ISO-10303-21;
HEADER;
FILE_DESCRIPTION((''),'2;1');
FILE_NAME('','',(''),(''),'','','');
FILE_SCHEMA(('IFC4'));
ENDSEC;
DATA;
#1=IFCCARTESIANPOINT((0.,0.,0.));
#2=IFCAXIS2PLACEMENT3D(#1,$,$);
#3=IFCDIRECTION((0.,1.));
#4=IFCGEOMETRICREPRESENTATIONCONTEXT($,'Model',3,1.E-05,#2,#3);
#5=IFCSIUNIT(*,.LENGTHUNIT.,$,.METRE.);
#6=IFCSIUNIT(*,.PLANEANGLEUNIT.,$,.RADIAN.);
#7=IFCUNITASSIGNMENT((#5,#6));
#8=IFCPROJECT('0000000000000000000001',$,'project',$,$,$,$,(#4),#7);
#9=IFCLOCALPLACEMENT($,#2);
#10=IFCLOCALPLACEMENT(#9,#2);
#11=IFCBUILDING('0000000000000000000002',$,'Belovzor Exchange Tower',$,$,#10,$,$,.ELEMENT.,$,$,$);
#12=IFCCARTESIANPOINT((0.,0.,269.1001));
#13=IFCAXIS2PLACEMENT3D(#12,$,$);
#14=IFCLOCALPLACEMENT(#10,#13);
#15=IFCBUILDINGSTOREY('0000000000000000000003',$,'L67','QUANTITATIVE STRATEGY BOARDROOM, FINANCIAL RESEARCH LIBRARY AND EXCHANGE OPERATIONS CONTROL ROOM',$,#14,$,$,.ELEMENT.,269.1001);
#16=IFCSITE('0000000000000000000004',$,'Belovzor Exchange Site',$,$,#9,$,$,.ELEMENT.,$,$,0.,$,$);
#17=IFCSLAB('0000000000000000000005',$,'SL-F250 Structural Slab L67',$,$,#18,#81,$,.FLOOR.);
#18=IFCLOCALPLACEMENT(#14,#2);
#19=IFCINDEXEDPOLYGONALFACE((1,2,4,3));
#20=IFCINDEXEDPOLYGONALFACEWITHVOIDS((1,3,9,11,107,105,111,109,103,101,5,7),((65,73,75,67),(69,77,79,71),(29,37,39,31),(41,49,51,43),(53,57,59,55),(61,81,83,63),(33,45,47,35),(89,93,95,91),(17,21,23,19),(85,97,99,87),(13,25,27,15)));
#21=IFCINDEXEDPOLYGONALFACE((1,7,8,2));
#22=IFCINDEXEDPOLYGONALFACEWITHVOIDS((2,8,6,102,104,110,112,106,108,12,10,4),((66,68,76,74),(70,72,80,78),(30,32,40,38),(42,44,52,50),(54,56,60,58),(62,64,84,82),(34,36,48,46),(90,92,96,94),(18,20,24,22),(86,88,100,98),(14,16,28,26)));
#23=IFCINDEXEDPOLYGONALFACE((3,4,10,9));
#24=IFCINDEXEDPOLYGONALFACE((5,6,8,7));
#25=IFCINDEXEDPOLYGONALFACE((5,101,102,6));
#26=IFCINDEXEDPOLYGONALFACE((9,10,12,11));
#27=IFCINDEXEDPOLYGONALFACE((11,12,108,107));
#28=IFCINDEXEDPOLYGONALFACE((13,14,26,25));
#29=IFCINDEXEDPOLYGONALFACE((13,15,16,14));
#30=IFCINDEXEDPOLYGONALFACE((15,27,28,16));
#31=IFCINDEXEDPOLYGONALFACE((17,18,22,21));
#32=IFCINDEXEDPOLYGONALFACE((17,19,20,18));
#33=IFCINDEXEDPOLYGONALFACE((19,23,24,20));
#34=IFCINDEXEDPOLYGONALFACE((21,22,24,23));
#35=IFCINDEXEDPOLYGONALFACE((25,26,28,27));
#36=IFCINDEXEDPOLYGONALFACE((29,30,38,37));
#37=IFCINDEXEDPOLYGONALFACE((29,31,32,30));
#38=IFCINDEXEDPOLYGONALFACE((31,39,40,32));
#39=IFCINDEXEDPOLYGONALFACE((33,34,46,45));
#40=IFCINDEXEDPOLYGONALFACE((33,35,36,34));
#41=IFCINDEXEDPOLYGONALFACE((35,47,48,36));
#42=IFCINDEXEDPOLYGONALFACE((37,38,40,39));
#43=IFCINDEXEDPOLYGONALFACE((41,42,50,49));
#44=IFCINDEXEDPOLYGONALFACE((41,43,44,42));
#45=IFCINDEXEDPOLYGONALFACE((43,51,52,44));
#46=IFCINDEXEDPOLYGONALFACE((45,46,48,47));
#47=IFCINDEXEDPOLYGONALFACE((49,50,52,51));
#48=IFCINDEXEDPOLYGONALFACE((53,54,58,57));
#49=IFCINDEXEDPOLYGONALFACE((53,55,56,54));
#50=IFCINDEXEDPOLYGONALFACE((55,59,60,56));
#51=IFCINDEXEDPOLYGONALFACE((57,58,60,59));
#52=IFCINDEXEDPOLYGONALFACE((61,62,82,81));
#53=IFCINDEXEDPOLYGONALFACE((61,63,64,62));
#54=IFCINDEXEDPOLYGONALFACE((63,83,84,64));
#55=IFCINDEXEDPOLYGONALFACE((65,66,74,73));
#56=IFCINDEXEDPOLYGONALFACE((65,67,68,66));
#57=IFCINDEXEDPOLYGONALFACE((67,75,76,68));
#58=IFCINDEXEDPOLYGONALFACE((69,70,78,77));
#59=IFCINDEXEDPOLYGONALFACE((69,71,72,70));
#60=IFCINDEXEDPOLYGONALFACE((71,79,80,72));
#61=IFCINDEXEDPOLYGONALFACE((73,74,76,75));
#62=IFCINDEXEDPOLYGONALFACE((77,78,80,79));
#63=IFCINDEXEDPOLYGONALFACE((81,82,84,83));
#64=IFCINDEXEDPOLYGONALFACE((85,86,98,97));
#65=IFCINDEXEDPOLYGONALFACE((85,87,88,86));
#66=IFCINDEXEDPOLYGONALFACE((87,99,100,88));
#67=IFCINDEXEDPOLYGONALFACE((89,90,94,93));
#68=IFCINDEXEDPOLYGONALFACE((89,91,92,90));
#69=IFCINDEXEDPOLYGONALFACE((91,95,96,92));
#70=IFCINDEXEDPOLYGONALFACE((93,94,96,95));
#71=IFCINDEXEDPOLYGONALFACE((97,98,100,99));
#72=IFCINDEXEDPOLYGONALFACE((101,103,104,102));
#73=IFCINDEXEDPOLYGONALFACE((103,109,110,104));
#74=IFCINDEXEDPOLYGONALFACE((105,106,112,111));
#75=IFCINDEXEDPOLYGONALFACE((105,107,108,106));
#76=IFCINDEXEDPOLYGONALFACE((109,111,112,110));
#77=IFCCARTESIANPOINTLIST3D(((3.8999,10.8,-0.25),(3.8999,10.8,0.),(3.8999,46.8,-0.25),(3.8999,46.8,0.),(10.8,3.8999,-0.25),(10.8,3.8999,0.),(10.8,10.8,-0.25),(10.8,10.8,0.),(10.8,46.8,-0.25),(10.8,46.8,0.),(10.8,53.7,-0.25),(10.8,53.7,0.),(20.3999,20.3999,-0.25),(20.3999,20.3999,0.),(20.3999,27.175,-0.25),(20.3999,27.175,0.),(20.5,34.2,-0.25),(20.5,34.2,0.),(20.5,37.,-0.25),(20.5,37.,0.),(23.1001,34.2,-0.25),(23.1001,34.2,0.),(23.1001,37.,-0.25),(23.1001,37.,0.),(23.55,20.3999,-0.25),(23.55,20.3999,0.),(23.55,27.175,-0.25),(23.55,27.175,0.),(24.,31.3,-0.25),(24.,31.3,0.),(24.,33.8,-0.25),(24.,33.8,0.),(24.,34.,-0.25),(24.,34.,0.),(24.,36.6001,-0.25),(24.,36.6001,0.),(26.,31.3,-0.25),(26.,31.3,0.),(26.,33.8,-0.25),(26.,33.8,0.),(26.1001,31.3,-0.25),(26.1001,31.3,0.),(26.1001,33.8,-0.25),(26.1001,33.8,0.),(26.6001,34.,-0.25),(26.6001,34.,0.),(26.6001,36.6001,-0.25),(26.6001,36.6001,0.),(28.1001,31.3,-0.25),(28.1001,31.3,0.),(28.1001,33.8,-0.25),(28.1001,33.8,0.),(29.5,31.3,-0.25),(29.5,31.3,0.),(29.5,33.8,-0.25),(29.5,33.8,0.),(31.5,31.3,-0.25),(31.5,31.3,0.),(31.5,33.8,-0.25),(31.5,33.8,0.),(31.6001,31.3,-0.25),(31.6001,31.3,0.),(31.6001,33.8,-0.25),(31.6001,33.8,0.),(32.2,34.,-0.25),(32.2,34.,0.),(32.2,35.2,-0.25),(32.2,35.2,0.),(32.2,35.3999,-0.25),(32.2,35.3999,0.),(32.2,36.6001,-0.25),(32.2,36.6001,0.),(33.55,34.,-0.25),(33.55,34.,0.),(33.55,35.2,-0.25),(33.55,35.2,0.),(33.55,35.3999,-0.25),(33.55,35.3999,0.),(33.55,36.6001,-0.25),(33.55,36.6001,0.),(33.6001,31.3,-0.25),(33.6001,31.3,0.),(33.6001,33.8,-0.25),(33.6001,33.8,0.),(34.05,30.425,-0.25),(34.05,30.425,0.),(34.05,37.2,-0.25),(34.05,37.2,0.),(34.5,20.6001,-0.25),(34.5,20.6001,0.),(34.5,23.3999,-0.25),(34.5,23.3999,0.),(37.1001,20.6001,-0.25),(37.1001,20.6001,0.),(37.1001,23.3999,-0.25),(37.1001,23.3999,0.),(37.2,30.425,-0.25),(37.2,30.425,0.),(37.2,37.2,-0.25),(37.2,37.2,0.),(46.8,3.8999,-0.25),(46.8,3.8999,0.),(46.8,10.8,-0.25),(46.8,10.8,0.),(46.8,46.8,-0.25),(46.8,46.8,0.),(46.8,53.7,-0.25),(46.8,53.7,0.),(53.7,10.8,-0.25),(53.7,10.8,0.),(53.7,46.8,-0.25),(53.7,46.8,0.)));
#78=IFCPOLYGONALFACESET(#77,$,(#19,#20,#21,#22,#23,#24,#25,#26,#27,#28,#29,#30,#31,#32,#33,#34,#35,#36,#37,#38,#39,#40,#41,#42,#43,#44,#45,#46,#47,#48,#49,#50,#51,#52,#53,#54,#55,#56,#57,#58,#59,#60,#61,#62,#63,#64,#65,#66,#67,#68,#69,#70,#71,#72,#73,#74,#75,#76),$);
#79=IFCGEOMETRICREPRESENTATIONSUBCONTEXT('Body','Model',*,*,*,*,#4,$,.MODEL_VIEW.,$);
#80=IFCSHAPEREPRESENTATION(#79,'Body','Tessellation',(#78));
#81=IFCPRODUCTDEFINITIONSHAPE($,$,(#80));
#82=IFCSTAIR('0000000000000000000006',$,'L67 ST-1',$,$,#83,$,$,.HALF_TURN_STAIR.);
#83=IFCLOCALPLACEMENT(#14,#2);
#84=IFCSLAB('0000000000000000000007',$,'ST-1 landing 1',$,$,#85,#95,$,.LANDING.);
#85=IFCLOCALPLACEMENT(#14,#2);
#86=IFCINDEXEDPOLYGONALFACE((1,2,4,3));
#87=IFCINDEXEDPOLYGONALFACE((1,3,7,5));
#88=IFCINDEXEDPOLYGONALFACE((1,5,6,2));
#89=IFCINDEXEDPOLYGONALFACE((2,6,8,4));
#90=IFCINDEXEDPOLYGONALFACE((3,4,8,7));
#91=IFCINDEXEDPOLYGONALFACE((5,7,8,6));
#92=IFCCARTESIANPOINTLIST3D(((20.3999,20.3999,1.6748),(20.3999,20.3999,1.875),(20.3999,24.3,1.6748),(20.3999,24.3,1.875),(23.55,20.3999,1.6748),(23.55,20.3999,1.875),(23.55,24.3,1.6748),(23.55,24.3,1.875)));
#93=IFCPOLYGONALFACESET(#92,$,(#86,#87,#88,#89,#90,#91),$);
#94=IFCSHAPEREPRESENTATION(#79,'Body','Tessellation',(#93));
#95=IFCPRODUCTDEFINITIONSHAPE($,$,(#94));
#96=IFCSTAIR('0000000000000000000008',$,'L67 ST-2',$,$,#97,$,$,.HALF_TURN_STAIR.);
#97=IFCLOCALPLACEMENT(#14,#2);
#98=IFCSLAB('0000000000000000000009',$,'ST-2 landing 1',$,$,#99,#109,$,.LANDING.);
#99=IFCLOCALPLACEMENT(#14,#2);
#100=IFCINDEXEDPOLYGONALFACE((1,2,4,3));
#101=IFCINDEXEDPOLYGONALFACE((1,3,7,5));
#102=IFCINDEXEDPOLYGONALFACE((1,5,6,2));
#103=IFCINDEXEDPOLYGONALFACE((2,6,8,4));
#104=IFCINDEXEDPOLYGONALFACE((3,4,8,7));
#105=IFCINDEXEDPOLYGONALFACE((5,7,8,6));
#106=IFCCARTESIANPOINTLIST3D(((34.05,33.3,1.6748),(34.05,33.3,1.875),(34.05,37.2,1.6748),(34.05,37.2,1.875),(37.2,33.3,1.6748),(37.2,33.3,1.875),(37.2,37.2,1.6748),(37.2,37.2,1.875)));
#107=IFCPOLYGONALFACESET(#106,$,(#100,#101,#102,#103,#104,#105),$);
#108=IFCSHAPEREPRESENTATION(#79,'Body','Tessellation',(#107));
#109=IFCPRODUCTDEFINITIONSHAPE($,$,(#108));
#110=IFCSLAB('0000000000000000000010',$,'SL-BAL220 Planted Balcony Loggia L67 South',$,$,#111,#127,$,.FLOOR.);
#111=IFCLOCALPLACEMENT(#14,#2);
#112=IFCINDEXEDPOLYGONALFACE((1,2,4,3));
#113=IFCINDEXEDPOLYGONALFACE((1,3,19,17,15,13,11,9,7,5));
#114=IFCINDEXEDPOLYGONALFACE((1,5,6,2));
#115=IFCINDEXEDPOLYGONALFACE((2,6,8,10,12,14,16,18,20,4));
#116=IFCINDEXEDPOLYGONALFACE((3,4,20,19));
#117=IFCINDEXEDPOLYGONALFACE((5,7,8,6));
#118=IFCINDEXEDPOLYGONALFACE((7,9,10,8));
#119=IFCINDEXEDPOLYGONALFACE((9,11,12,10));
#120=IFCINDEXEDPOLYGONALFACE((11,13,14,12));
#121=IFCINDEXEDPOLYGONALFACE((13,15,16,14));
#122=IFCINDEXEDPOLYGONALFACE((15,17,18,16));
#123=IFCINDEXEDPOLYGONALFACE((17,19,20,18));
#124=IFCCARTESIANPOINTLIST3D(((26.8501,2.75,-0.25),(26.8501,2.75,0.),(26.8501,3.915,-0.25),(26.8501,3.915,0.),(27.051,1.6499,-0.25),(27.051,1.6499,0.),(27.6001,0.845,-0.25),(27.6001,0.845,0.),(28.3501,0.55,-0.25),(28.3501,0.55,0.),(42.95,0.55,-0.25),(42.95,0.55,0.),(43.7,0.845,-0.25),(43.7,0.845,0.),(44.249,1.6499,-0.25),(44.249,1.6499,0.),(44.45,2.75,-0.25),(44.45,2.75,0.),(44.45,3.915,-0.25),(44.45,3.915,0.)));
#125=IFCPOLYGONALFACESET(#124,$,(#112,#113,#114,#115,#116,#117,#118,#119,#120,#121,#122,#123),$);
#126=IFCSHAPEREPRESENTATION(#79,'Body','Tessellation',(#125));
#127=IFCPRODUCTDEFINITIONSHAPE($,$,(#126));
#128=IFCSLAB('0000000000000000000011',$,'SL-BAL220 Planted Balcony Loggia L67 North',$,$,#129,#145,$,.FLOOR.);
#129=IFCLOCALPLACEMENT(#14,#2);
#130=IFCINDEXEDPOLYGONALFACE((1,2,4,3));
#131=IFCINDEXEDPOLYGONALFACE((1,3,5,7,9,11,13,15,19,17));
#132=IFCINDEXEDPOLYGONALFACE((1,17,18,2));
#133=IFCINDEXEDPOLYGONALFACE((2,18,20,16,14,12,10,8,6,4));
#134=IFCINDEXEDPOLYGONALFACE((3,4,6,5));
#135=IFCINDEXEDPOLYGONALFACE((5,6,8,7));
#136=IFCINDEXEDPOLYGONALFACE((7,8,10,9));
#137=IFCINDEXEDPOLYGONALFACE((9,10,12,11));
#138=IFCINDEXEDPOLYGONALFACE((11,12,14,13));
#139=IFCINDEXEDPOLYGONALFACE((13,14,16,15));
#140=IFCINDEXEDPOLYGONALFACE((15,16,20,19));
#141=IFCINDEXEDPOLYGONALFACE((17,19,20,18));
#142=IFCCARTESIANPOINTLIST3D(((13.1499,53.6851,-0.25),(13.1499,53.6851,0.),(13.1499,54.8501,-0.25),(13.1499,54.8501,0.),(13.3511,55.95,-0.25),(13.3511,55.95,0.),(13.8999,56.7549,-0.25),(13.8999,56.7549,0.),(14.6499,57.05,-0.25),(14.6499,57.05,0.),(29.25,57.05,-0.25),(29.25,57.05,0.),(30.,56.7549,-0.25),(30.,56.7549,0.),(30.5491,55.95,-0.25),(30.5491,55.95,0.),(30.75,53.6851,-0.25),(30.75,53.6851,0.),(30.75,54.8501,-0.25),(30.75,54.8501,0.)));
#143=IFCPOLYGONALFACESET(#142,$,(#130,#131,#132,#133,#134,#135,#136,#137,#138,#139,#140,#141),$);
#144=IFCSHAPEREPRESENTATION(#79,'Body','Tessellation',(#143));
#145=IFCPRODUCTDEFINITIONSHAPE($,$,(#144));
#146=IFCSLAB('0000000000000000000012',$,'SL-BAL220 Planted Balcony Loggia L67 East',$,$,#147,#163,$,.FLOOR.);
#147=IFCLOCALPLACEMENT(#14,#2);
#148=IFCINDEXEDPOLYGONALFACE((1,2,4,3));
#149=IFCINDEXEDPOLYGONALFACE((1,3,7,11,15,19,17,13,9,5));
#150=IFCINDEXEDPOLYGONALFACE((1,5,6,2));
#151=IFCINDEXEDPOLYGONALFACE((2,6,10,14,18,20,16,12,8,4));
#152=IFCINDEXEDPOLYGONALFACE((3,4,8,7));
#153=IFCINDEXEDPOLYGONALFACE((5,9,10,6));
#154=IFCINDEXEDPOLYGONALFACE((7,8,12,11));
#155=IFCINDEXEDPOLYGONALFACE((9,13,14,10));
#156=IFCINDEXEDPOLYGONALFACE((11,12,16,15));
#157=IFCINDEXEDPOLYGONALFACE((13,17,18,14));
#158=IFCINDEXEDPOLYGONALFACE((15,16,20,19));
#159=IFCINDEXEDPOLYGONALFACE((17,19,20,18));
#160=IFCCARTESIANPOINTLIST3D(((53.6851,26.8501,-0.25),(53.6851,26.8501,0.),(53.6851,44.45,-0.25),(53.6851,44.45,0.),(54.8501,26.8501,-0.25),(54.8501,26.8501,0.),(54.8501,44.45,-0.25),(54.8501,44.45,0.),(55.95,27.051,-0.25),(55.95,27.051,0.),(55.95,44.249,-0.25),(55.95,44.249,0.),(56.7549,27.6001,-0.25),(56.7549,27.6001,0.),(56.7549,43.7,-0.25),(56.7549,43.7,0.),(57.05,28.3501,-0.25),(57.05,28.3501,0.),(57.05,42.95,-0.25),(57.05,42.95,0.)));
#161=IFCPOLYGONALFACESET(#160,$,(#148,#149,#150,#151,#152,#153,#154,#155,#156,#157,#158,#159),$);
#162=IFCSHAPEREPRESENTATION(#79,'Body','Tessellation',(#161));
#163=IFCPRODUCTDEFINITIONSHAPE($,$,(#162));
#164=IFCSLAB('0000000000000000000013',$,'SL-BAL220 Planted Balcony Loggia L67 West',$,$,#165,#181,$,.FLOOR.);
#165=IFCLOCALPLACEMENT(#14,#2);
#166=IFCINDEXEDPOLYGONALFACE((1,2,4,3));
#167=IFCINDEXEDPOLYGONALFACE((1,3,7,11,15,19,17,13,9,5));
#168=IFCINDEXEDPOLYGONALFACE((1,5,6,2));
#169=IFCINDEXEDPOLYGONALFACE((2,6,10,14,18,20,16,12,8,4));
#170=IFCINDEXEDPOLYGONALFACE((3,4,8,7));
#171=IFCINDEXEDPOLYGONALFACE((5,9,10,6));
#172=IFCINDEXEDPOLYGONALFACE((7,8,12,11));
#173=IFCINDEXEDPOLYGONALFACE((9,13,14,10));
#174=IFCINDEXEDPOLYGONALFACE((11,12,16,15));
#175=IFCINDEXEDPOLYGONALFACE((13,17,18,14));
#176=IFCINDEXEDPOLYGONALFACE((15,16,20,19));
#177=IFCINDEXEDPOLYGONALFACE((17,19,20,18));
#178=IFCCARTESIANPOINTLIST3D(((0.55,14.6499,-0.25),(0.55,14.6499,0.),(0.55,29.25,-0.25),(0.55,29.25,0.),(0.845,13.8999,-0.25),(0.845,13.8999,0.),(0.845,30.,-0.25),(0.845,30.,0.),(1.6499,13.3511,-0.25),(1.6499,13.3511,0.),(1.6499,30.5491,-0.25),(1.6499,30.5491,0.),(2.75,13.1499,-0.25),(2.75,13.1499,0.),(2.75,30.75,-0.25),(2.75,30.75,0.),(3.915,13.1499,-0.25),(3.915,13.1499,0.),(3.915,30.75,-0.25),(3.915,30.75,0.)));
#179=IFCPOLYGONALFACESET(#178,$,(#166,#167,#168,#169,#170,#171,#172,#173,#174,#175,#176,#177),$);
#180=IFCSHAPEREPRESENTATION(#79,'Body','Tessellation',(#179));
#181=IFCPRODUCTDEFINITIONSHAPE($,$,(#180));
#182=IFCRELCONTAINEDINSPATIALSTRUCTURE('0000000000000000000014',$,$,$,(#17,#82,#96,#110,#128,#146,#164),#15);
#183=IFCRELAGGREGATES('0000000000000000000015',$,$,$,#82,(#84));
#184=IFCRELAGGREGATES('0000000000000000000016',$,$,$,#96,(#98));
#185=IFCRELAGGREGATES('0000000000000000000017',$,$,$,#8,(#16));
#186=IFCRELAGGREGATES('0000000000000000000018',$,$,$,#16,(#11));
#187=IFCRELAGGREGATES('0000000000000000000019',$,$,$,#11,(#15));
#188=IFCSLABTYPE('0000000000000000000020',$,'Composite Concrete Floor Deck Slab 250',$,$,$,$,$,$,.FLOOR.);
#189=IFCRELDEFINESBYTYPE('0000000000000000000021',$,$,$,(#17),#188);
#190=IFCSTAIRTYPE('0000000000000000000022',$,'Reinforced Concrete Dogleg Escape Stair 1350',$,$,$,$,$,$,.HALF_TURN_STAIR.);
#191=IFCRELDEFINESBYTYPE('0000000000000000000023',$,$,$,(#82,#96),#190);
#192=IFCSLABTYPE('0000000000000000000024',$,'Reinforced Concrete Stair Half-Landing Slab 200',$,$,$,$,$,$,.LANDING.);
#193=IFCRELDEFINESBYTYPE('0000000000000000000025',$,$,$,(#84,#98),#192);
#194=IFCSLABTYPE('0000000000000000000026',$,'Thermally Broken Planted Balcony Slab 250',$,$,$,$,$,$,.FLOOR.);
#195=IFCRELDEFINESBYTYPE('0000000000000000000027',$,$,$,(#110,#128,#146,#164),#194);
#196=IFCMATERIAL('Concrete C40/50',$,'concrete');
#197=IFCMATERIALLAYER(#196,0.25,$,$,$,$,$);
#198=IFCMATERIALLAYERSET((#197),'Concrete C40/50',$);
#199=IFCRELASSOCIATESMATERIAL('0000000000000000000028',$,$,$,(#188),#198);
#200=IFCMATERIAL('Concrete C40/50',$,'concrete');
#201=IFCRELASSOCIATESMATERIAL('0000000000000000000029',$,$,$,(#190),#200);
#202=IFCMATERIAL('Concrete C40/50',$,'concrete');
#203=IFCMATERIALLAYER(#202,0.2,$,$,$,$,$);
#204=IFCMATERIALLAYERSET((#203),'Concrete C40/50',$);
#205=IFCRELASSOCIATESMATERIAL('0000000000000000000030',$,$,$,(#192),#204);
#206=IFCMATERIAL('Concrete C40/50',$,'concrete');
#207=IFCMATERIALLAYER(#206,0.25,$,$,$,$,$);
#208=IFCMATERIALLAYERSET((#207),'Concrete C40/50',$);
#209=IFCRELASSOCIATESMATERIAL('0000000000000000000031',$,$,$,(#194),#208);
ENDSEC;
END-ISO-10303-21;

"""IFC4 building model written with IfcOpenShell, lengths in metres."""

from ifc_helpers import new_model, si_unit, direction, frame, origin, place, context, subcontext, project, spatial, polyline, outline, extrude, material, layer, layer_set, type_object, element, aggregate, save


model = new_model("IFC4")

# Units and contexts
model_context = context("Model", 3, precision=1e-05, world=origin(), true_north=direction((0.0, 1.0)))
body_context = subcontext(model_context, "Body", "Model", "MODEL_VIEW")
ifc_project = project(units=[si_unit("LENGTHUNIT", "METRE"), si_unit("PLANEANGLEUNIT", "RADIAN")], contexts=[model_context])

# Site, building, storey
site_placement = place(None, origin())
site = spatial("IfcSite", under=ifc_project, at=site_placement, Name="Belovzor Exchange Site", CompositionType="ELEMENT", RefElevation=0.0)
building_placement = place(site_placement, origin())
building = spatial("IfcBuilding", under=site, at=building_placement, Name="Belovzor Exchange Tower", CompositionType="ELEMENT")
storey_placement = place(building_placement, frame((0.0, 0.0, 269.1001)))
storey = spatial("IfcBuildingStorey", under=building, at=storey_placement, Name="L67", Description="QUANTITATIVE STRATEGY BOARDROOM, FINANCIAL RESEARCH LIBRARY AND EXCHANGE OPERATIONS CONTROL ROOM", CompositionType="ELEMENT", Elevation=269.1001)

# Slab
ifc_material_1 = material(Name="Concrete C40/50", Category="concrete")
ifc_layer_1 = layer(ifc_material_1, 0.25)
ifc_layer_set_1 = layer_set([ifc_layer_1], Name="Concrete C40/50")
slab_type_1 = type_object("IfcSlabType", Name="Composite Concrete Floor Deck Slab 250", PredefinedType="FLOOR", material=ifc_layer_set_1)
slab_1_placement = place(storey_placement, frame((0.0, 0.0, -0.25)))
element("IfcSlab", 1, at=slab_1_placement, inside=storey, type_object=slab_type_1, Name="SL-F250 Structural Slab L67", PredefinedType="FLOOR", context=body_context, shape_type="SweptSolid", body=[
    extrude(outline(polyline([(10.8, 3.8999), (46.8, 3.8999), (46.8, 10.8), (53.7, 10.8), (53.7, 46.8), (46.8, 46.8), (46.8, 53.7), (10.8, 53.7), (10.8, 46.8), (3.8999, 46.8), (3.8999, 10.8), (10.8, 10.8), (10.8, 3.8999)]), holes=[polyline([(20.3999, 27.175), (20.3999, 20.3999), (23.55, 20.3999), (23.55, 27.175), (20.3999, 27.175)]), polyline([(37.2, 30.425), (37.2, 37.2), (34.05, 37.2), (34.05, 30.425), (37.2, 30.425)]), polyline([(20.5, 34.2), (23.1001, 34.2), (23.1001, 37.0), (20.5, 37.0), (20.5, 34.2)]), polyline([(34.5, 20.6001), (37.1001, 20.6001), (37.1001, 23.3999), (34.5, 23.3999), (34.5, 20.6001)]), polyline([(24.0, 34.0), (26.6001, 34.0), (26.6001, 36.6001), (24.0, 36.6001), (24.0, 34.0)]), polyline([(24.0, 31.3), (26.0, 31.3), (26.0, 33.8), (24.0, 33.8), (24.0, 31.3)]), polyline([(26.1001, 31.3), (28.1001, 31.3), (28.1001, 33.8), (26.1001, 33.8), (26.1001, 31.3)]), polyline([(29.5, 31.3), (31.5, 31.3), (31.5, 33.8), (29.5, 33.8), (29.5, 31.3)]), polyline([(31.6001, 31.3), (33.6001, 31.3), (33.6001, 33.8), (31.6001, 33.8), (31.6001, 31.3)]), polyline([(32.2, 34.0), (33.55, 34.0), (33.55, 35.2), (32.2, 35.2), (32.2, 34.0)]), polyline([(32.2, 35.3999), (33.55, 35.3999), (33.55, 36.6001), (32.2, 36.6001), (32.2, 35.3999)])]), origin(), (0.0, 0.0, 1.0), 0.25),
])

# Stairs, slabs
ifc_material_2 = material(Name="Concrete C40/50", Category="concrete")
stair_type = type_object("IfcStairType", Name="Reinforced Concrete Dogleg Escape Stair 1350", PredefinedType="HALF_TURN_STAIR", material=ifc_material_2)
stair_1_placement = place(storey_placement, origin())
stair_1 = element("IfcStair", 2, at=stair_1_placement, inside=storey, type_object=stair_type, Name="L67 ST-1", PredefinedType="HALF_TURN_STAIR")
ifc_material_3 = material(Name="Concrete C40/50", Category="concrete")
ifc_layer_2 = layer(ifc_material_3, 0.2)
ifc_layer_set_2 = layer_set([ifc_layer_2], Name="Concrete C40/50")
slab_type_2 = type_object("IfcSlabType", Name="Reinforced Concrete Stair Half-Landing Slab 200", PredefinedType="LANDING", material=ifc_layer_set_2)
slab_2_placement = place(storey_placement, frame((0.0, 0.0, 1.6748)))
slab_2 = element("IfcSlab", 3, at=slab_2_placement, type_object=slab_type_2, Name="ST-1 landing 1", PredefinedType="LANDING", context=body_context, shape_type="SweptSolid", body=[
    extrude(outline(polyline([(20.3999, 24.3), (20.3999, 20.3999), (23.55, 20.3999), (23.55, 24.3), (20.3999, 24.3)])), origin(), (0.0, 0.0, 1.0), 0.2002),
])
aggregate(stair_1, [slab_2])
stair_2_placement = place(storey_placement, origin())
stair_2 = element("IfcStair", 4, at=stair_2_placement, inside=storey, type_object=stair_type, Name="L67 ST-2", PredefinedType="HALF_TURN_STAIR")
slab_3_placement = place(storey_placement, frame((0.0, 0.0, 1.6748)))
slab_3 = element("IfcSlab", 5, at=slab_3_placement, type_object=slab_type_2, Name="ST-2 landing 1", PredefinedType="LANDING", context=body_context, shape_type="SweptSolid", body=[
    extrude(outline(polyline([(37.2, 33.3), (37.2, 37.2), (34.05, 37.2), (34.05, 33.3), (37.2, 33.3)])), origin(), (0.0, 0.0, 1.0), 0.2002),
])
aggregate(stair_2, [slab_3])

# Slabs
ifc_material_4 = material(Name="Concrete C40/50", Category="concrete")
ifc_layer_3 = layer(ifc_material_4, 0.25)
ifc_layer_set_3 = layer_set([ifc_layer_3], Name="Concrete C40/50")
slab_type_3 = type_object("IfcSlabType", Name="Thermally Broken Planted Balcony Slab 250", PredefinedType="FLOOR", material=ifc_layer_set_3)
slab_4_placement = place(storey_placement, frame((0.0, 0.0, -0.25)))
element("IfcSlab", 6, at=slab_4_placement, inside=storey, type_object=slab_type_3, Name="SL-BAL220 Planted Balcony Loggia L67 South", PredefinedType="FLOOR", context=body_context, shape_type="SweptSolid", body=[
    extrude(outline(polyline([(26.8501, 3.915), (26.8501, 2.75), (27.051, 1.6499), (27.6001, 0.845), (28.3501, 0.55), (42.95, 0.55), (43.7, 0.845), (44.249, 1.6499), (44.45, 2.75), (44.45, 3.915), (26.8501, 3.915)])), origin(), (0.0, 0.0, 1.0), 0.25),
])
slab_5_placement = place(storey_placement, frame((0.0, 0.0, -0.25)))
element("IfcSlab", 7, at=slab_5_placement, inside=storey, type_object=slab_type_3, Name="SL-BAL220 Planted Balcony Loggia L67 North", PredefinedType="FLOOR", context=body_context, shape_type="SweptSolid", body=[
    extrude(outline(polyline([(30.75, 53.6851), (30.75, 54.8501), (30.5491, 55.95), (30.0, 56.7549), (29.25, 57.05), (14.6499, 57.05), (13.8999, 56.7549), (13.3511, 55.95), (13.1499, 54.8501), (13.1499, 53.6851), (30.75, 53.6851)])), origin(), (0.0, 0.0, 1.0), 0.25),
])
slab_6_placement = place(storey_placement, frame((0.0, 0.0, -0.25)))
element("IfcSlab", 8, at=slab_6_placement, inside=storey, type_object=slab_type_3, Name="SL-BAL220 Planted Balcony Loggia L67 East", PredefinedType="FLOOR", context=body_context, shape_type="SweptSolid", body=[
    extrude(outline(polyline([(53.6851, 26.8501), (54.8501, 26.8501), (55.95, 27.051), (56.7549, 27.6001), (57.05, 28.3501), (57.05, 42.95), (56.7549, 43.7), (55.95, 44.249), (54.8501, 44.45), (53.6851, 44.45), (53.6851, 26.8501)])), origin(), (0.0, 0.0, 1.0), 0.25),
])
slab_7_placement = place(storey_placement, frame((0.0, 0.0, -0.25)))
element("IfcSlab", 9, at=slab_7_placement, inside=storey, type_object=slab_type_3, Name="SL-BAL220 Planted Balcony Loggia L67 West", PredefinedType="FLOOR", context=body_context, shape_type="SweptSolid", body=[
    extrude(outline(polyline([(3.915, 30.75), (2.75, 30.75), (1.6499, 30.5491), (0.845, 30.0), (0.55, 29.25), (0.55, 14.6499), (0.845, 13.8999), (1.6499, 13.3511), (2.75, 13.1499), (3.915, 13.1499), (3.915, 30.75)])), origin(), (0.0, 0.0, 1.0), 0.25),
])

save(model, "model.ifc")
